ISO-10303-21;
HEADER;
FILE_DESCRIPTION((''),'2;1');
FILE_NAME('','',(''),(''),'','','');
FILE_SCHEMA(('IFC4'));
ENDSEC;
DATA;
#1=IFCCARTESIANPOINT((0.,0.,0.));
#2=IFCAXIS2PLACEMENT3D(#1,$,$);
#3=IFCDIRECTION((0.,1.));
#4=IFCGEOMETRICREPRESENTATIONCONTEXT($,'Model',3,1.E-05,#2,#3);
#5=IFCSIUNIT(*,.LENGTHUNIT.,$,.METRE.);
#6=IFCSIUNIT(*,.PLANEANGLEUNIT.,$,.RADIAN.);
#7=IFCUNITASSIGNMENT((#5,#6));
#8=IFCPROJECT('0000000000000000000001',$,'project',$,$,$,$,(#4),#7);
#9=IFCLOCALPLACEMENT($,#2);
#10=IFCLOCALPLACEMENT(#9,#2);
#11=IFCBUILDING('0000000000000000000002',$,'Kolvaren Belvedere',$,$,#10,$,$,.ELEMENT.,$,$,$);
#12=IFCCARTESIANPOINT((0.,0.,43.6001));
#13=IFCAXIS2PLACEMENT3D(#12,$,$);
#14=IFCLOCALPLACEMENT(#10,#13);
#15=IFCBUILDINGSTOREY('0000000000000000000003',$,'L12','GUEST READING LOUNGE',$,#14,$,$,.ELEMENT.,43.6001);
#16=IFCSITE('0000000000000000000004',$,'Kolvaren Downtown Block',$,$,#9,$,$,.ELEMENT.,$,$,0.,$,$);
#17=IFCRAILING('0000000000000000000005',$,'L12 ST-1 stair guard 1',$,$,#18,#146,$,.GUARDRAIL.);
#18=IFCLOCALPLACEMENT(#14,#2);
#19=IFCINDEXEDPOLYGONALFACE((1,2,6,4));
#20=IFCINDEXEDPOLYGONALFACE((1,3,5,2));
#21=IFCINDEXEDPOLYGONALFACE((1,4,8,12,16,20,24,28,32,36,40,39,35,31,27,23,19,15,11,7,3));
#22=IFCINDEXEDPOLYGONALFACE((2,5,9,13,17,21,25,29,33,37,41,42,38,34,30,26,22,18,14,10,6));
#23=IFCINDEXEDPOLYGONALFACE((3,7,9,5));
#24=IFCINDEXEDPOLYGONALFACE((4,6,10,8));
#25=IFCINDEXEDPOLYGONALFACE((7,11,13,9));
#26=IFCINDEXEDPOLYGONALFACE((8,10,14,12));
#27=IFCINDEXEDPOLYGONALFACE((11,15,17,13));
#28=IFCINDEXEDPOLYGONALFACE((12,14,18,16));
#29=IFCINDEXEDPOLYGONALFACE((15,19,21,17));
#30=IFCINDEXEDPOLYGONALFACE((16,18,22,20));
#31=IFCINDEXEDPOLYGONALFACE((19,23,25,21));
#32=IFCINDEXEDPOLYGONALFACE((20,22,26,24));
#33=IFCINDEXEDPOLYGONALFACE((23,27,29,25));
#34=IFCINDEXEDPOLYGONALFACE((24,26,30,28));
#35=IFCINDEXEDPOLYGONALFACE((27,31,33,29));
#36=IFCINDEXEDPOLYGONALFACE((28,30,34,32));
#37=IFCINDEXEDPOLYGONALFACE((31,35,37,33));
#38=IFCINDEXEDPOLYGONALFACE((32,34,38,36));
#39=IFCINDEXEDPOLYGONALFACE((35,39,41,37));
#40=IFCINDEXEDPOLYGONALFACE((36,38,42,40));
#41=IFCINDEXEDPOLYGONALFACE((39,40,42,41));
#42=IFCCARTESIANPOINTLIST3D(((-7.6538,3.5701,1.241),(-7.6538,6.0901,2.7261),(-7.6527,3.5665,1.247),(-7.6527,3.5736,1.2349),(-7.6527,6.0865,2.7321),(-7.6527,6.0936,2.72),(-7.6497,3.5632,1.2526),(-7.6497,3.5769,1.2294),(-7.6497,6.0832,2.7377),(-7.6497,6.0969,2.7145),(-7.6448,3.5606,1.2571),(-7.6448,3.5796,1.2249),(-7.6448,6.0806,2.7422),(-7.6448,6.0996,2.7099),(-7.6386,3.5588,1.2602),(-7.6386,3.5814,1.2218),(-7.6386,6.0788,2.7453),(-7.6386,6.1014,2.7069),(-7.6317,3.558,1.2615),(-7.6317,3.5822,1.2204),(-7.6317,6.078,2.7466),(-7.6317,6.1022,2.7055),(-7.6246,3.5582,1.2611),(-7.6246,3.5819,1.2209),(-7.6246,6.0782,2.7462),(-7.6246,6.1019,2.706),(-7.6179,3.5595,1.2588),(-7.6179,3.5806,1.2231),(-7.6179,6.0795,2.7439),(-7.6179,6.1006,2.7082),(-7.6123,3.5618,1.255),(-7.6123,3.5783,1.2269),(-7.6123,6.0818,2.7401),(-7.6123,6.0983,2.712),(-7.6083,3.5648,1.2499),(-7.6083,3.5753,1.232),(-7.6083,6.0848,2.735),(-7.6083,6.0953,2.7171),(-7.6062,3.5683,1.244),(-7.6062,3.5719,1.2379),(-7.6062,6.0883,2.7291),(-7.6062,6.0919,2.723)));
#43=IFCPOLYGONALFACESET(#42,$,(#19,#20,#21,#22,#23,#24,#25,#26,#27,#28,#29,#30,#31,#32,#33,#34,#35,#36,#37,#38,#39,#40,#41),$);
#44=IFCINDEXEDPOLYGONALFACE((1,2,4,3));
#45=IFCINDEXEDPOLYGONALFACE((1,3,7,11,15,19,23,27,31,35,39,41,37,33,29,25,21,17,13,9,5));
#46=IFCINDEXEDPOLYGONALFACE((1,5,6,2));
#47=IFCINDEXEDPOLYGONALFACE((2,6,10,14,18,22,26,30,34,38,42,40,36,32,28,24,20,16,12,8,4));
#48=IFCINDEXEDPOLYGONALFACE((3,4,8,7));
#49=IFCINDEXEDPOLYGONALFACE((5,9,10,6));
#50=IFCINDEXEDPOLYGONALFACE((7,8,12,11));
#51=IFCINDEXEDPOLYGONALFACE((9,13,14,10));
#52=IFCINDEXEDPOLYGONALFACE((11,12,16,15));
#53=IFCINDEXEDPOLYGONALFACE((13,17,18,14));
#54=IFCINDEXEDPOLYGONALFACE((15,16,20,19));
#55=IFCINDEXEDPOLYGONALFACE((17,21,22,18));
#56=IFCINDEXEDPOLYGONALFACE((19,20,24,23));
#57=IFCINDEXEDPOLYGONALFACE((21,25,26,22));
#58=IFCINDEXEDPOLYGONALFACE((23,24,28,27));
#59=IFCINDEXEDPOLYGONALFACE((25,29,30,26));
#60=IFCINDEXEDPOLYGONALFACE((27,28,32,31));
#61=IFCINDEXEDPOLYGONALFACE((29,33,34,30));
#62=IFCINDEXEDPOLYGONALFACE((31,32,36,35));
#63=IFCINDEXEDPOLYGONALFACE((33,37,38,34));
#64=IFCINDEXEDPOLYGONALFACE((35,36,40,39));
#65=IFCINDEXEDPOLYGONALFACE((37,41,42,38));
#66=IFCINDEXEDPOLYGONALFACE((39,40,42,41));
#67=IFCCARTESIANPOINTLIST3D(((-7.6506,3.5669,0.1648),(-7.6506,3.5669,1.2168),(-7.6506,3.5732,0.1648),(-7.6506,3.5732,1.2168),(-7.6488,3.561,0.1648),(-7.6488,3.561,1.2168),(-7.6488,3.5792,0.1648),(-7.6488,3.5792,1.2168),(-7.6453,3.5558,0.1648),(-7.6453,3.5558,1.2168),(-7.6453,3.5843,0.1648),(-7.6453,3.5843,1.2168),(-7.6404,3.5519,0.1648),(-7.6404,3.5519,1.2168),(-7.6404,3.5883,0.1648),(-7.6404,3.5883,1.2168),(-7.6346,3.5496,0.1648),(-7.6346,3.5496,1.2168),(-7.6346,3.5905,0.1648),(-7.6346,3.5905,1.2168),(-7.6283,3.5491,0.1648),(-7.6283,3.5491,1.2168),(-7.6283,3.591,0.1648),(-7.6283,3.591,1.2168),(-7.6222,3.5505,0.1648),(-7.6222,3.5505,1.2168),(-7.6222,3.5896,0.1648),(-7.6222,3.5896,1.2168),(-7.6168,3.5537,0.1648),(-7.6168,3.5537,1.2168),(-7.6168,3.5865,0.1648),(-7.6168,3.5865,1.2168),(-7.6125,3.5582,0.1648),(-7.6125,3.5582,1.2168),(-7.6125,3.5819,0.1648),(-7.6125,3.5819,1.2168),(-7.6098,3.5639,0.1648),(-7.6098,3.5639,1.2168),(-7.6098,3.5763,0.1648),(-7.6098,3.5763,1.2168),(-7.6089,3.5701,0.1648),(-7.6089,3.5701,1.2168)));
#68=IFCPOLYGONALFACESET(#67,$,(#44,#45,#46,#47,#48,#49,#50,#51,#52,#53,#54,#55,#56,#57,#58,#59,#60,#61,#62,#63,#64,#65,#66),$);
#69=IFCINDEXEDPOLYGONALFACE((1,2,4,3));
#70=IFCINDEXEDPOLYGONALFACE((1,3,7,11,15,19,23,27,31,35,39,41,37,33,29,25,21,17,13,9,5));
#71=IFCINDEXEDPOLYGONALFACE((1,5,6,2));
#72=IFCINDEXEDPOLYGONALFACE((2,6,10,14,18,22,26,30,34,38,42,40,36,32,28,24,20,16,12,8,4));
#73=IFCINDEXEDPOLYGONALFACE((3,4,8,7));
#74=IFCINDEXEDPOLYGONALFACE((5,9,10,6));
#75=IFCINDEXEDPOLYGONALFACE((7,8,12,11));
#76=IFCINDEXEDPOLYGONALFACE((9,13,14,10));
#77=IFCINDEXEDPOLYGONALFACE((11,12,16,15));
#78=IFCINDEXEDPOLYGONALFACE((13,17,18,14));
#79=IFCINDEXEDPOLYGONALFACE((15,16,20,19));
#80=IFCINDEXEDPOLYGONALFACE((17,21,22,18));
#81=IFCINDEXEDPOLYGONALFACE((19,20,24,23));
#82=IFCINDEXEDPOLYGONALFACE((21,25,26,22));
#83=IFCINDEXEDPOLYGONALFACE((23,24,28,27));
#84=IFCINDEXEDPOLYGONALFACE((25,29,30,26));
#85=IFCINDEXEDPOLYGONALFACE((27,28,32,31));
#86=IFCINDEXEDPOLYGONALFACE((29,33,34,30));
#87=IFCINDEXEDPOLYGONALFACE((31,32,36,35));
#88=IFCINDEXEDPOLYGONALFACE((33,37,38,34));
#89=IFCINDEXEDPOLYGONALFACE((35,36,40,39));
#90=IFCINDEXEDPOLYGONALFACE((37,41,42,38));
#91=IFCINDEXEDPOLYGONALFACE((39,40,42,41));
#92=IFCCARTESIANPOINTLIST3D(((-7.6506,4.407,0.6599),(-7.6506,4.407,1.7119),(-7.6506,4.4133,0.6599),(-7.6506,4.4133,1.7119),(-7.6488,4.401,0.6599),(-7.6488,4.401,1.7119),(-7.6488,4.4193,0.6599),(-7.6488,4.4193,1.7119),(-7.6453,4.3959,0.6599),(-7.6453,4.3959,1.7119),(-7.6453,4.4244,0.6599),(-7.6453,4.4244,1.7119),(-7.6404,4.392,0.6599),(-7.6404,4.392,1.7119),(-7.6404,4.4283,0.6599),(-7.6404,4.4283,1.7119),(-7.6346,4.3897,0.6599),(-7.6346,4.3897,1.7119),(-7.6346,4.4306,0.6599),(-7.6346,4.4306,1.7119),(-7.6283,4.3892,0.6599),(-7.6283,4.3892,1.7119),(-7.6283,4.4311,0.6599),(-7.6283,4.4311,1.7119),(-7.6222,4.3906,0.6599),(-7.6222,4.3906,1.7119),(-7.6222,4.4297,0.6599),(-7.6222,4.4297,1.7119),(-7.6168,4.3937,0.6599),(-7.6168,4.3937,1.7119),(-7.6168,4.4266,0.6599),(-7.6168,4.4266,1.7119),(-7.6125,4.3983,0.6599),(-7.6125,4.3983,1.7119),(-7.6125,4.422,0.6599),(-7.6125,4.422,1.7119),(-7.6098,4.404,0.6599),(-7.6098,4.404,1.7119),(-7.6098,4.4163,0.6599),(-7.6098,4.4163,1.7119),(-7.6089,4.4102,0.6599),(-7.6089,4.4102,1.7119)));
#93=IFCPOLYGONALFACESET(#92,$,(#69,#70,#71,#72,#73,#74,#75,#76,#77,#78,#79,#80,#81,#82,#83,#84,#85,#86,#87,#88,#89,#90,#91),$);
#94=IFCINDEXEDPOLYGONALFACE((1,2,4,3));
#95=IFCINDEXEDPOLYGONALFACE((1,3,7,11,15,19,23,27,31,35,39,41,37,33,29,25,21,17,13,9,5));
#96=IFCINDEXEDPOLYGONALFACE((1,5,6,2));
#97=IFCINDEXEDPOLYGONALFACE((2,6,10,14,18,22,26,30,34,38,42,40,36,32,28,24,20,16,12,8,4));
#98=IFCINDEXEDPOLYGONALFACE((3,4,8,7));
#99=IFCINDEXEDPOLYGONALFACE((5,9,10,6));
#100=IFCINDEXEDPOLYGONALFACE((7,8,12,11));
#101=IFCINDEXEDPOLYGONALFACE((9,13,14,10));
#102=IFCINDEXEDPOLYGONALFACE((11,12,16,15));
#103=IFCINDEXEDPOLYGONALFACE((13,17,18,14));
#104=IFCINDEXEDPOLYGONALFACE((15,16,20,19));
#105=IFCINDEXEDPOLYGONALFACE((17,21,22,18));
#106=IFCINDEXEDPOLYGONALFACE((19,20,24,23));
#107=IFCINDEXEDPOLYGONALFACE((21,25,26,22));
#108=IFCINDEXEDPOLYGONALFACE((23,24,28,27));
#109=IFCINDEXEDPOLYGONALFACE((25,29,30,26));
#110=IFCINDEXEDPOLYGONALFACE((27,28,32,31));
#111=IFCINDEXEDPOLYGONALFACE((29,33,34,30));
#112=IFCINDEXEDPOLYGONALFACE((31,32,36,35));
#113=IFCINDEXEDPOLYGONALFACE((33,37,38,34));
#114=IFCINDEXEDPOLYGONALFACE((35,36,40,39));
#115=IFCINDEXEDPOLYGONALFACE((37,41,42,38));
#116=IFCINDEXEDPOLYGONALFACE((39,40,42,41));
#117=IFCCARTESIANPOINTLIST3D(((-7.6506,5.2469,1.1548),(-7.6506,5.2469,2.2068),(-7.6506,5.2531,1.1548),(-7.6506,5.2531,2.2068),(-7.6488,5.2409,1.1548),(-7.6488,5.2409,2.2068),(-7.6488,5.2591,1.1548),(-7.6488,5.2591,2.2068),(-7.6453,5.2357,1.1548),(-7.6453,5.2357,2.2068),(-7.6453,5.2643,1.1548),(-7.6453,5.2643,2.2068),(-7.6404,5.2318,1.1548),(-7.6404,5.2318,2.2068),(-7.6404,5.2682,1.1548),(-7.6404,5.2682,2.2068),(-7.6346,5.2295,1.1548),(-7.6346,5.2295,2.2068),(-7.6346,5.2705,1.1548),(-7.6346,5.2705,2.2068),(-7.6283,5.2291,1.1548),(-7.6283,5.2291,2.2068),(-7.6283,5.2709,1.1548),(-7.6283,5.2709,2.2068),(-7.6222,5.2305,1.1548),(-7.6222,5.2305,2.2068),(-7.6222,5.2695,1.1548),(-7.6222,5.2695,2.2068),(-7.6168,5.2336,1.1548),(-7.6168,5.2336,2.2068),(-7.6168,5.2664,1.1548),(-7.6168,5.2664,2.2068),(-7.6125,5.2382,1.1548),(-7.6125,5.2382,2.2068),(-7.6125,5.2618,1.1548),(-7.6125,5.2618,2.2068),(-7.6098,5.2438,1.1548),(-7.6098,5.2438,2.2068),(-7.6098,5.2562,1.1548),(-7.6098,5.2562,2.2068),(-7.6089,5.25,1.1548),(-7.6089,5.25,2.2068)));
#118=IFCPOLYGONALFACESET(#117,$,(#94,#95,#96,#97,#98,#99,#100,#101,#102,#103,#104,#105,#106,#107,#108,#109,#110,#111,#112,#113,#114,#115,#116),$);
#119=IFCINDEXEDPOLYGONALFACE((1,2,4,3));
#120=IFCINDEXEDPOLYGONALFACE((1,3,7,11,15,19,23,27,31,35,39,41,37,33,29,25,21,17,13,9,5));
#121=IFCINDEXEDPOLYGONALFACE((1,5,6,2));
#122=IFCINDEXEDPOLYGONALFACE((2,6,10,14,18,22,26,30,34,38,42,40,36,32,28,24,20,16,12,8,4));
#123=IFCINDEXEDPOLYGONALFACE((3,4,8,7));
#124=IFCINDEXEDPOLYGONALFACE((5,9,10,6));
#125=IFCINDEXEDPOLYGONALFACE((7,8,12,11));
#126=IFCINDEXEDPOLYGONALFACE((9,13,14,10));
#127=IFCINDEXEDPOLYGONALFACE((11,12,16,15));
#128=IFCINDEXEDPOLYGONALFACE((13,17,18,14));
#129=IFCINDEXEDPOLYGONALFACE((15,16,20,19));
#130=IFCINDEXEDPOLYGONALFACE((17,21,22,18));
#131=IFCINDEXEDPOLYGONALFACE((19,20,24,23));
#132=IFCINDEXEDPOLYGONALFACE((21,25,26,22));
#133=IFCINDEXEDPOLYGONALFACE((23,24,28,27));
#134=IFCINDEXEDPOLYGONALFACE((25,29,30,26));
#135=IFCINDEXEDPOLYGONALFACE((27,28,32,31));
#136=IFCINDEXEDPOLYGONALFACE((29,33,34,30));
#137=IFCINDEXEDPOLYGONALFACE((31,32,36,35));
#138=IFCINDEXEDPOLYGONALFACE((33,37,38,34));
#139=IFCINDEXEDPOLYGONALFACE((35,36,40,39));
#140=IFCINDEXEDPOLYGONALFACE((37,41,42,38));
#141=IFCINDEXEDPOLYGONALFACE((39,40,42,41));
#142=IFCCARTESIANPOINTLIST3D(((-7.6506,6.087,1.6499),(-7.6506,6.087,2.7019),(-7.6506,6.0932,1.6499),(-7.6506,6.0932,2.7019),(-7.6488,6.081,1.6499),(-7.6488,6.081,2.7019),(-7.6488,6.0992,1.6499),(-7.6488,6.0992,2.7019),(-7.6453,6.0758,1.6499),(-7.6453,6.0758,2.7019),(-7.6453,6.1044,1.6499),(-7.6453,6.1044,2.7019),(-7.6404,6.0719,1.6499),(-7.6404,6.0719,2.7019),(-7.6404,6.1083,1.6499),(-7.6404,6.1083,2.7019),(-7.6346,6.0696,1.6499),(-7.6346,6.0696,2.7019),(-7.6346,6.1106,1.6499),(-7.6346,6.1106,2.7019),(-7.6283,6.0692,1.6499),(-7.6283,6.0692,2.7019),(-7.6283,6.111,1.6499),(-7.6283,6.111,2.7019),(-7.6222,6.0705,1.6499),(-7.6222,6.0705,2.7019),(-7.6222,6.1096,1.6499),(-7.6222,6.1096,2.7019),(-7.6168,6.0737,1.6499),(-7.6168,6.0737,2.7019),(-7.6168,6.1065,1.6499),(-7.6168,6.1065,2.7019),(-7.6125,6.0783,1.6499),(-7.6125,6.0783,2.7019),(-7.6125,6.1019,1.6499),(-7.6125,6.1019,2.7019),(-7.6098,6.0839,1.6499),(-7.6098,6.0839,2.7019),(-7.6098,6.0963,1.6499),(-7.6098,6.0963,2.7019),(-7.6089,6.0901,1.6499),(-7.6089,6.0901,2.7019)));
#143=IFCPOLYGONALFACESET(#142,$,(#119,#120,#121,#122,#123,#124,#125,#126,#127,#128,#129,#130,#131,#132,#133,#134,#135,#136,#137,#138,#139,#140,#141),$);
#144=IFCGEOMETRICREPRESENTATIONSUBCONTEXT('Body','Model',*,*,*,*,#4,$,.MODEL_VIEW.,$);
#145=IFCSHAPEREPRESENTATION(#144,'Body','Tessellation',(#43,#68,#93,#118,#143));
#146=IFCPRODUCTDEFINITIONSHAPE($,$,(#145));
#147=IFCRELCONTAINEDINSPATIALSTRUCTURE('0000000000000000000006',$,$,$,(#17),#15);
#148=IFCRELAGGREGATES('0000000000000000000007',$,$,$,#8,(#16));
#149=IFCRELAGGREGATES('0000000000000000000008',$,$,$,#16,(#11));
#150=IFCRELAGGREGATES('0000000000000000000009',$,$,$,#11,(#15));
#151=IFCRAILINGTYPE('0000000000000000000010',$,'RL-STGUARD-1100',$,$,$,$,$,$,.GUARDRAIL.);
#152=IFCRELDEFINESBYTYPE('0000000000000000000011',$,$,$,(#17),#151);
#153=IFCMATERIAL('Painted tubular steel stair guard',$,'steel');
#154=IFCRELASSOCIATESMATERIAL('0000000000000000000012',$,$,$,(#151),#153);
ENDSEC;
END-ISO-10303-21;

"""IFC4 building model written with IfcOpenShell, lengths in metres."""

from ifc_helpers import new_model, si_unit, direction, frame, origin, origin_2d, place, context, subcontext, project, spatial, circle, extrude, material, type_object, element, save


model = new_model("IFC4")

# Units and contexts
model_context = context("Model", 3, precision=1e-05, world=origin(), true_north=direction((0.0, 1.0)))
body_context = subcontext(model_context, "Body", "Model", "MODEL_VIEW")
ifc_project = project(units=[si_unit("LENGTHUNIT", "METRE"), si_unit("PLANEANGLEUNIT", "RADIAN")], contexts=[model_context])

# Site, building, storey
site_placement = place(None, origin())
site = spatial("IfcSite", under=ifc_project, at=site_placement, Name="Kolvaren Downtown Block", CompositionType="ELEMENT", RefElevation=0.0)
building_placement = place(site_placement, origin())
building = spatial("IfcBuilding", under=site, at=building_placement, Name="Kolvaren Belvedere", CompositionType="ELEMENT")
storey_placement = place(building_placement, frame((0.0, 0.0, 43.6001)))
storey = spatial("IfcBuildingStorey", under=building, at=storey_placement, Name="L12", Description="GUEST READING LOUNGE", CompositionType="ELEMENT", Elevation=43.6001)

# Railing
ifc_material_1 = material(Name="Painted tubular steel stair guard", Category="steel")
railing_type_1 = type_object("IfcRailingType", Name="RL-STGUARD-1100", PredefinedType="GUARDRAIL", material=ifc_material_1)
railing_1_placement = place(storey_placement, frame((-7.6299, 3.5701, 0.1648)))
element("IfcRailing", 1, at=railing_1_placement, inside=storey, type_object=railing_type_1, Name="L12 ST-1 stair guard 1", PredefinedType="GUARDRAIL", context=body_context, shape_type="SweptSolid", body=[
    extrude(circle(Radius=0.0239, at=origin_2d()), frame((0.0, 0.0, 1.0762), z_axis=(0.0, 0.861524, 0.507717), x_axis=(-1.0, 0.0, 0.0)), (0.0, 0.0, 1.0), 2.925),
    extrude(circle(Radius=0.021, at=origin_2d()), origin(), (0.0, 0.0, 1.0), 1.052),
    extrude(circle(Radius=0.021, at=origin_2d()), frame((0.0, 0.8401, 0.4951)), (0.0, 0.0, 1.0), 1.052),
    extrude(circle(Radius=0.021, at=origin_2d()), frame((0.0, 1.6799, 0.99)), (0.0, 0.0, 1.0), 1.052),
    extrude(circle(Radius=0.021, at=origin_2d()), frame((0.0, 2.52, 1.4851)), (0.0, 0.0, 1.0), 1.052),
])

save(model, "model.ifc")
